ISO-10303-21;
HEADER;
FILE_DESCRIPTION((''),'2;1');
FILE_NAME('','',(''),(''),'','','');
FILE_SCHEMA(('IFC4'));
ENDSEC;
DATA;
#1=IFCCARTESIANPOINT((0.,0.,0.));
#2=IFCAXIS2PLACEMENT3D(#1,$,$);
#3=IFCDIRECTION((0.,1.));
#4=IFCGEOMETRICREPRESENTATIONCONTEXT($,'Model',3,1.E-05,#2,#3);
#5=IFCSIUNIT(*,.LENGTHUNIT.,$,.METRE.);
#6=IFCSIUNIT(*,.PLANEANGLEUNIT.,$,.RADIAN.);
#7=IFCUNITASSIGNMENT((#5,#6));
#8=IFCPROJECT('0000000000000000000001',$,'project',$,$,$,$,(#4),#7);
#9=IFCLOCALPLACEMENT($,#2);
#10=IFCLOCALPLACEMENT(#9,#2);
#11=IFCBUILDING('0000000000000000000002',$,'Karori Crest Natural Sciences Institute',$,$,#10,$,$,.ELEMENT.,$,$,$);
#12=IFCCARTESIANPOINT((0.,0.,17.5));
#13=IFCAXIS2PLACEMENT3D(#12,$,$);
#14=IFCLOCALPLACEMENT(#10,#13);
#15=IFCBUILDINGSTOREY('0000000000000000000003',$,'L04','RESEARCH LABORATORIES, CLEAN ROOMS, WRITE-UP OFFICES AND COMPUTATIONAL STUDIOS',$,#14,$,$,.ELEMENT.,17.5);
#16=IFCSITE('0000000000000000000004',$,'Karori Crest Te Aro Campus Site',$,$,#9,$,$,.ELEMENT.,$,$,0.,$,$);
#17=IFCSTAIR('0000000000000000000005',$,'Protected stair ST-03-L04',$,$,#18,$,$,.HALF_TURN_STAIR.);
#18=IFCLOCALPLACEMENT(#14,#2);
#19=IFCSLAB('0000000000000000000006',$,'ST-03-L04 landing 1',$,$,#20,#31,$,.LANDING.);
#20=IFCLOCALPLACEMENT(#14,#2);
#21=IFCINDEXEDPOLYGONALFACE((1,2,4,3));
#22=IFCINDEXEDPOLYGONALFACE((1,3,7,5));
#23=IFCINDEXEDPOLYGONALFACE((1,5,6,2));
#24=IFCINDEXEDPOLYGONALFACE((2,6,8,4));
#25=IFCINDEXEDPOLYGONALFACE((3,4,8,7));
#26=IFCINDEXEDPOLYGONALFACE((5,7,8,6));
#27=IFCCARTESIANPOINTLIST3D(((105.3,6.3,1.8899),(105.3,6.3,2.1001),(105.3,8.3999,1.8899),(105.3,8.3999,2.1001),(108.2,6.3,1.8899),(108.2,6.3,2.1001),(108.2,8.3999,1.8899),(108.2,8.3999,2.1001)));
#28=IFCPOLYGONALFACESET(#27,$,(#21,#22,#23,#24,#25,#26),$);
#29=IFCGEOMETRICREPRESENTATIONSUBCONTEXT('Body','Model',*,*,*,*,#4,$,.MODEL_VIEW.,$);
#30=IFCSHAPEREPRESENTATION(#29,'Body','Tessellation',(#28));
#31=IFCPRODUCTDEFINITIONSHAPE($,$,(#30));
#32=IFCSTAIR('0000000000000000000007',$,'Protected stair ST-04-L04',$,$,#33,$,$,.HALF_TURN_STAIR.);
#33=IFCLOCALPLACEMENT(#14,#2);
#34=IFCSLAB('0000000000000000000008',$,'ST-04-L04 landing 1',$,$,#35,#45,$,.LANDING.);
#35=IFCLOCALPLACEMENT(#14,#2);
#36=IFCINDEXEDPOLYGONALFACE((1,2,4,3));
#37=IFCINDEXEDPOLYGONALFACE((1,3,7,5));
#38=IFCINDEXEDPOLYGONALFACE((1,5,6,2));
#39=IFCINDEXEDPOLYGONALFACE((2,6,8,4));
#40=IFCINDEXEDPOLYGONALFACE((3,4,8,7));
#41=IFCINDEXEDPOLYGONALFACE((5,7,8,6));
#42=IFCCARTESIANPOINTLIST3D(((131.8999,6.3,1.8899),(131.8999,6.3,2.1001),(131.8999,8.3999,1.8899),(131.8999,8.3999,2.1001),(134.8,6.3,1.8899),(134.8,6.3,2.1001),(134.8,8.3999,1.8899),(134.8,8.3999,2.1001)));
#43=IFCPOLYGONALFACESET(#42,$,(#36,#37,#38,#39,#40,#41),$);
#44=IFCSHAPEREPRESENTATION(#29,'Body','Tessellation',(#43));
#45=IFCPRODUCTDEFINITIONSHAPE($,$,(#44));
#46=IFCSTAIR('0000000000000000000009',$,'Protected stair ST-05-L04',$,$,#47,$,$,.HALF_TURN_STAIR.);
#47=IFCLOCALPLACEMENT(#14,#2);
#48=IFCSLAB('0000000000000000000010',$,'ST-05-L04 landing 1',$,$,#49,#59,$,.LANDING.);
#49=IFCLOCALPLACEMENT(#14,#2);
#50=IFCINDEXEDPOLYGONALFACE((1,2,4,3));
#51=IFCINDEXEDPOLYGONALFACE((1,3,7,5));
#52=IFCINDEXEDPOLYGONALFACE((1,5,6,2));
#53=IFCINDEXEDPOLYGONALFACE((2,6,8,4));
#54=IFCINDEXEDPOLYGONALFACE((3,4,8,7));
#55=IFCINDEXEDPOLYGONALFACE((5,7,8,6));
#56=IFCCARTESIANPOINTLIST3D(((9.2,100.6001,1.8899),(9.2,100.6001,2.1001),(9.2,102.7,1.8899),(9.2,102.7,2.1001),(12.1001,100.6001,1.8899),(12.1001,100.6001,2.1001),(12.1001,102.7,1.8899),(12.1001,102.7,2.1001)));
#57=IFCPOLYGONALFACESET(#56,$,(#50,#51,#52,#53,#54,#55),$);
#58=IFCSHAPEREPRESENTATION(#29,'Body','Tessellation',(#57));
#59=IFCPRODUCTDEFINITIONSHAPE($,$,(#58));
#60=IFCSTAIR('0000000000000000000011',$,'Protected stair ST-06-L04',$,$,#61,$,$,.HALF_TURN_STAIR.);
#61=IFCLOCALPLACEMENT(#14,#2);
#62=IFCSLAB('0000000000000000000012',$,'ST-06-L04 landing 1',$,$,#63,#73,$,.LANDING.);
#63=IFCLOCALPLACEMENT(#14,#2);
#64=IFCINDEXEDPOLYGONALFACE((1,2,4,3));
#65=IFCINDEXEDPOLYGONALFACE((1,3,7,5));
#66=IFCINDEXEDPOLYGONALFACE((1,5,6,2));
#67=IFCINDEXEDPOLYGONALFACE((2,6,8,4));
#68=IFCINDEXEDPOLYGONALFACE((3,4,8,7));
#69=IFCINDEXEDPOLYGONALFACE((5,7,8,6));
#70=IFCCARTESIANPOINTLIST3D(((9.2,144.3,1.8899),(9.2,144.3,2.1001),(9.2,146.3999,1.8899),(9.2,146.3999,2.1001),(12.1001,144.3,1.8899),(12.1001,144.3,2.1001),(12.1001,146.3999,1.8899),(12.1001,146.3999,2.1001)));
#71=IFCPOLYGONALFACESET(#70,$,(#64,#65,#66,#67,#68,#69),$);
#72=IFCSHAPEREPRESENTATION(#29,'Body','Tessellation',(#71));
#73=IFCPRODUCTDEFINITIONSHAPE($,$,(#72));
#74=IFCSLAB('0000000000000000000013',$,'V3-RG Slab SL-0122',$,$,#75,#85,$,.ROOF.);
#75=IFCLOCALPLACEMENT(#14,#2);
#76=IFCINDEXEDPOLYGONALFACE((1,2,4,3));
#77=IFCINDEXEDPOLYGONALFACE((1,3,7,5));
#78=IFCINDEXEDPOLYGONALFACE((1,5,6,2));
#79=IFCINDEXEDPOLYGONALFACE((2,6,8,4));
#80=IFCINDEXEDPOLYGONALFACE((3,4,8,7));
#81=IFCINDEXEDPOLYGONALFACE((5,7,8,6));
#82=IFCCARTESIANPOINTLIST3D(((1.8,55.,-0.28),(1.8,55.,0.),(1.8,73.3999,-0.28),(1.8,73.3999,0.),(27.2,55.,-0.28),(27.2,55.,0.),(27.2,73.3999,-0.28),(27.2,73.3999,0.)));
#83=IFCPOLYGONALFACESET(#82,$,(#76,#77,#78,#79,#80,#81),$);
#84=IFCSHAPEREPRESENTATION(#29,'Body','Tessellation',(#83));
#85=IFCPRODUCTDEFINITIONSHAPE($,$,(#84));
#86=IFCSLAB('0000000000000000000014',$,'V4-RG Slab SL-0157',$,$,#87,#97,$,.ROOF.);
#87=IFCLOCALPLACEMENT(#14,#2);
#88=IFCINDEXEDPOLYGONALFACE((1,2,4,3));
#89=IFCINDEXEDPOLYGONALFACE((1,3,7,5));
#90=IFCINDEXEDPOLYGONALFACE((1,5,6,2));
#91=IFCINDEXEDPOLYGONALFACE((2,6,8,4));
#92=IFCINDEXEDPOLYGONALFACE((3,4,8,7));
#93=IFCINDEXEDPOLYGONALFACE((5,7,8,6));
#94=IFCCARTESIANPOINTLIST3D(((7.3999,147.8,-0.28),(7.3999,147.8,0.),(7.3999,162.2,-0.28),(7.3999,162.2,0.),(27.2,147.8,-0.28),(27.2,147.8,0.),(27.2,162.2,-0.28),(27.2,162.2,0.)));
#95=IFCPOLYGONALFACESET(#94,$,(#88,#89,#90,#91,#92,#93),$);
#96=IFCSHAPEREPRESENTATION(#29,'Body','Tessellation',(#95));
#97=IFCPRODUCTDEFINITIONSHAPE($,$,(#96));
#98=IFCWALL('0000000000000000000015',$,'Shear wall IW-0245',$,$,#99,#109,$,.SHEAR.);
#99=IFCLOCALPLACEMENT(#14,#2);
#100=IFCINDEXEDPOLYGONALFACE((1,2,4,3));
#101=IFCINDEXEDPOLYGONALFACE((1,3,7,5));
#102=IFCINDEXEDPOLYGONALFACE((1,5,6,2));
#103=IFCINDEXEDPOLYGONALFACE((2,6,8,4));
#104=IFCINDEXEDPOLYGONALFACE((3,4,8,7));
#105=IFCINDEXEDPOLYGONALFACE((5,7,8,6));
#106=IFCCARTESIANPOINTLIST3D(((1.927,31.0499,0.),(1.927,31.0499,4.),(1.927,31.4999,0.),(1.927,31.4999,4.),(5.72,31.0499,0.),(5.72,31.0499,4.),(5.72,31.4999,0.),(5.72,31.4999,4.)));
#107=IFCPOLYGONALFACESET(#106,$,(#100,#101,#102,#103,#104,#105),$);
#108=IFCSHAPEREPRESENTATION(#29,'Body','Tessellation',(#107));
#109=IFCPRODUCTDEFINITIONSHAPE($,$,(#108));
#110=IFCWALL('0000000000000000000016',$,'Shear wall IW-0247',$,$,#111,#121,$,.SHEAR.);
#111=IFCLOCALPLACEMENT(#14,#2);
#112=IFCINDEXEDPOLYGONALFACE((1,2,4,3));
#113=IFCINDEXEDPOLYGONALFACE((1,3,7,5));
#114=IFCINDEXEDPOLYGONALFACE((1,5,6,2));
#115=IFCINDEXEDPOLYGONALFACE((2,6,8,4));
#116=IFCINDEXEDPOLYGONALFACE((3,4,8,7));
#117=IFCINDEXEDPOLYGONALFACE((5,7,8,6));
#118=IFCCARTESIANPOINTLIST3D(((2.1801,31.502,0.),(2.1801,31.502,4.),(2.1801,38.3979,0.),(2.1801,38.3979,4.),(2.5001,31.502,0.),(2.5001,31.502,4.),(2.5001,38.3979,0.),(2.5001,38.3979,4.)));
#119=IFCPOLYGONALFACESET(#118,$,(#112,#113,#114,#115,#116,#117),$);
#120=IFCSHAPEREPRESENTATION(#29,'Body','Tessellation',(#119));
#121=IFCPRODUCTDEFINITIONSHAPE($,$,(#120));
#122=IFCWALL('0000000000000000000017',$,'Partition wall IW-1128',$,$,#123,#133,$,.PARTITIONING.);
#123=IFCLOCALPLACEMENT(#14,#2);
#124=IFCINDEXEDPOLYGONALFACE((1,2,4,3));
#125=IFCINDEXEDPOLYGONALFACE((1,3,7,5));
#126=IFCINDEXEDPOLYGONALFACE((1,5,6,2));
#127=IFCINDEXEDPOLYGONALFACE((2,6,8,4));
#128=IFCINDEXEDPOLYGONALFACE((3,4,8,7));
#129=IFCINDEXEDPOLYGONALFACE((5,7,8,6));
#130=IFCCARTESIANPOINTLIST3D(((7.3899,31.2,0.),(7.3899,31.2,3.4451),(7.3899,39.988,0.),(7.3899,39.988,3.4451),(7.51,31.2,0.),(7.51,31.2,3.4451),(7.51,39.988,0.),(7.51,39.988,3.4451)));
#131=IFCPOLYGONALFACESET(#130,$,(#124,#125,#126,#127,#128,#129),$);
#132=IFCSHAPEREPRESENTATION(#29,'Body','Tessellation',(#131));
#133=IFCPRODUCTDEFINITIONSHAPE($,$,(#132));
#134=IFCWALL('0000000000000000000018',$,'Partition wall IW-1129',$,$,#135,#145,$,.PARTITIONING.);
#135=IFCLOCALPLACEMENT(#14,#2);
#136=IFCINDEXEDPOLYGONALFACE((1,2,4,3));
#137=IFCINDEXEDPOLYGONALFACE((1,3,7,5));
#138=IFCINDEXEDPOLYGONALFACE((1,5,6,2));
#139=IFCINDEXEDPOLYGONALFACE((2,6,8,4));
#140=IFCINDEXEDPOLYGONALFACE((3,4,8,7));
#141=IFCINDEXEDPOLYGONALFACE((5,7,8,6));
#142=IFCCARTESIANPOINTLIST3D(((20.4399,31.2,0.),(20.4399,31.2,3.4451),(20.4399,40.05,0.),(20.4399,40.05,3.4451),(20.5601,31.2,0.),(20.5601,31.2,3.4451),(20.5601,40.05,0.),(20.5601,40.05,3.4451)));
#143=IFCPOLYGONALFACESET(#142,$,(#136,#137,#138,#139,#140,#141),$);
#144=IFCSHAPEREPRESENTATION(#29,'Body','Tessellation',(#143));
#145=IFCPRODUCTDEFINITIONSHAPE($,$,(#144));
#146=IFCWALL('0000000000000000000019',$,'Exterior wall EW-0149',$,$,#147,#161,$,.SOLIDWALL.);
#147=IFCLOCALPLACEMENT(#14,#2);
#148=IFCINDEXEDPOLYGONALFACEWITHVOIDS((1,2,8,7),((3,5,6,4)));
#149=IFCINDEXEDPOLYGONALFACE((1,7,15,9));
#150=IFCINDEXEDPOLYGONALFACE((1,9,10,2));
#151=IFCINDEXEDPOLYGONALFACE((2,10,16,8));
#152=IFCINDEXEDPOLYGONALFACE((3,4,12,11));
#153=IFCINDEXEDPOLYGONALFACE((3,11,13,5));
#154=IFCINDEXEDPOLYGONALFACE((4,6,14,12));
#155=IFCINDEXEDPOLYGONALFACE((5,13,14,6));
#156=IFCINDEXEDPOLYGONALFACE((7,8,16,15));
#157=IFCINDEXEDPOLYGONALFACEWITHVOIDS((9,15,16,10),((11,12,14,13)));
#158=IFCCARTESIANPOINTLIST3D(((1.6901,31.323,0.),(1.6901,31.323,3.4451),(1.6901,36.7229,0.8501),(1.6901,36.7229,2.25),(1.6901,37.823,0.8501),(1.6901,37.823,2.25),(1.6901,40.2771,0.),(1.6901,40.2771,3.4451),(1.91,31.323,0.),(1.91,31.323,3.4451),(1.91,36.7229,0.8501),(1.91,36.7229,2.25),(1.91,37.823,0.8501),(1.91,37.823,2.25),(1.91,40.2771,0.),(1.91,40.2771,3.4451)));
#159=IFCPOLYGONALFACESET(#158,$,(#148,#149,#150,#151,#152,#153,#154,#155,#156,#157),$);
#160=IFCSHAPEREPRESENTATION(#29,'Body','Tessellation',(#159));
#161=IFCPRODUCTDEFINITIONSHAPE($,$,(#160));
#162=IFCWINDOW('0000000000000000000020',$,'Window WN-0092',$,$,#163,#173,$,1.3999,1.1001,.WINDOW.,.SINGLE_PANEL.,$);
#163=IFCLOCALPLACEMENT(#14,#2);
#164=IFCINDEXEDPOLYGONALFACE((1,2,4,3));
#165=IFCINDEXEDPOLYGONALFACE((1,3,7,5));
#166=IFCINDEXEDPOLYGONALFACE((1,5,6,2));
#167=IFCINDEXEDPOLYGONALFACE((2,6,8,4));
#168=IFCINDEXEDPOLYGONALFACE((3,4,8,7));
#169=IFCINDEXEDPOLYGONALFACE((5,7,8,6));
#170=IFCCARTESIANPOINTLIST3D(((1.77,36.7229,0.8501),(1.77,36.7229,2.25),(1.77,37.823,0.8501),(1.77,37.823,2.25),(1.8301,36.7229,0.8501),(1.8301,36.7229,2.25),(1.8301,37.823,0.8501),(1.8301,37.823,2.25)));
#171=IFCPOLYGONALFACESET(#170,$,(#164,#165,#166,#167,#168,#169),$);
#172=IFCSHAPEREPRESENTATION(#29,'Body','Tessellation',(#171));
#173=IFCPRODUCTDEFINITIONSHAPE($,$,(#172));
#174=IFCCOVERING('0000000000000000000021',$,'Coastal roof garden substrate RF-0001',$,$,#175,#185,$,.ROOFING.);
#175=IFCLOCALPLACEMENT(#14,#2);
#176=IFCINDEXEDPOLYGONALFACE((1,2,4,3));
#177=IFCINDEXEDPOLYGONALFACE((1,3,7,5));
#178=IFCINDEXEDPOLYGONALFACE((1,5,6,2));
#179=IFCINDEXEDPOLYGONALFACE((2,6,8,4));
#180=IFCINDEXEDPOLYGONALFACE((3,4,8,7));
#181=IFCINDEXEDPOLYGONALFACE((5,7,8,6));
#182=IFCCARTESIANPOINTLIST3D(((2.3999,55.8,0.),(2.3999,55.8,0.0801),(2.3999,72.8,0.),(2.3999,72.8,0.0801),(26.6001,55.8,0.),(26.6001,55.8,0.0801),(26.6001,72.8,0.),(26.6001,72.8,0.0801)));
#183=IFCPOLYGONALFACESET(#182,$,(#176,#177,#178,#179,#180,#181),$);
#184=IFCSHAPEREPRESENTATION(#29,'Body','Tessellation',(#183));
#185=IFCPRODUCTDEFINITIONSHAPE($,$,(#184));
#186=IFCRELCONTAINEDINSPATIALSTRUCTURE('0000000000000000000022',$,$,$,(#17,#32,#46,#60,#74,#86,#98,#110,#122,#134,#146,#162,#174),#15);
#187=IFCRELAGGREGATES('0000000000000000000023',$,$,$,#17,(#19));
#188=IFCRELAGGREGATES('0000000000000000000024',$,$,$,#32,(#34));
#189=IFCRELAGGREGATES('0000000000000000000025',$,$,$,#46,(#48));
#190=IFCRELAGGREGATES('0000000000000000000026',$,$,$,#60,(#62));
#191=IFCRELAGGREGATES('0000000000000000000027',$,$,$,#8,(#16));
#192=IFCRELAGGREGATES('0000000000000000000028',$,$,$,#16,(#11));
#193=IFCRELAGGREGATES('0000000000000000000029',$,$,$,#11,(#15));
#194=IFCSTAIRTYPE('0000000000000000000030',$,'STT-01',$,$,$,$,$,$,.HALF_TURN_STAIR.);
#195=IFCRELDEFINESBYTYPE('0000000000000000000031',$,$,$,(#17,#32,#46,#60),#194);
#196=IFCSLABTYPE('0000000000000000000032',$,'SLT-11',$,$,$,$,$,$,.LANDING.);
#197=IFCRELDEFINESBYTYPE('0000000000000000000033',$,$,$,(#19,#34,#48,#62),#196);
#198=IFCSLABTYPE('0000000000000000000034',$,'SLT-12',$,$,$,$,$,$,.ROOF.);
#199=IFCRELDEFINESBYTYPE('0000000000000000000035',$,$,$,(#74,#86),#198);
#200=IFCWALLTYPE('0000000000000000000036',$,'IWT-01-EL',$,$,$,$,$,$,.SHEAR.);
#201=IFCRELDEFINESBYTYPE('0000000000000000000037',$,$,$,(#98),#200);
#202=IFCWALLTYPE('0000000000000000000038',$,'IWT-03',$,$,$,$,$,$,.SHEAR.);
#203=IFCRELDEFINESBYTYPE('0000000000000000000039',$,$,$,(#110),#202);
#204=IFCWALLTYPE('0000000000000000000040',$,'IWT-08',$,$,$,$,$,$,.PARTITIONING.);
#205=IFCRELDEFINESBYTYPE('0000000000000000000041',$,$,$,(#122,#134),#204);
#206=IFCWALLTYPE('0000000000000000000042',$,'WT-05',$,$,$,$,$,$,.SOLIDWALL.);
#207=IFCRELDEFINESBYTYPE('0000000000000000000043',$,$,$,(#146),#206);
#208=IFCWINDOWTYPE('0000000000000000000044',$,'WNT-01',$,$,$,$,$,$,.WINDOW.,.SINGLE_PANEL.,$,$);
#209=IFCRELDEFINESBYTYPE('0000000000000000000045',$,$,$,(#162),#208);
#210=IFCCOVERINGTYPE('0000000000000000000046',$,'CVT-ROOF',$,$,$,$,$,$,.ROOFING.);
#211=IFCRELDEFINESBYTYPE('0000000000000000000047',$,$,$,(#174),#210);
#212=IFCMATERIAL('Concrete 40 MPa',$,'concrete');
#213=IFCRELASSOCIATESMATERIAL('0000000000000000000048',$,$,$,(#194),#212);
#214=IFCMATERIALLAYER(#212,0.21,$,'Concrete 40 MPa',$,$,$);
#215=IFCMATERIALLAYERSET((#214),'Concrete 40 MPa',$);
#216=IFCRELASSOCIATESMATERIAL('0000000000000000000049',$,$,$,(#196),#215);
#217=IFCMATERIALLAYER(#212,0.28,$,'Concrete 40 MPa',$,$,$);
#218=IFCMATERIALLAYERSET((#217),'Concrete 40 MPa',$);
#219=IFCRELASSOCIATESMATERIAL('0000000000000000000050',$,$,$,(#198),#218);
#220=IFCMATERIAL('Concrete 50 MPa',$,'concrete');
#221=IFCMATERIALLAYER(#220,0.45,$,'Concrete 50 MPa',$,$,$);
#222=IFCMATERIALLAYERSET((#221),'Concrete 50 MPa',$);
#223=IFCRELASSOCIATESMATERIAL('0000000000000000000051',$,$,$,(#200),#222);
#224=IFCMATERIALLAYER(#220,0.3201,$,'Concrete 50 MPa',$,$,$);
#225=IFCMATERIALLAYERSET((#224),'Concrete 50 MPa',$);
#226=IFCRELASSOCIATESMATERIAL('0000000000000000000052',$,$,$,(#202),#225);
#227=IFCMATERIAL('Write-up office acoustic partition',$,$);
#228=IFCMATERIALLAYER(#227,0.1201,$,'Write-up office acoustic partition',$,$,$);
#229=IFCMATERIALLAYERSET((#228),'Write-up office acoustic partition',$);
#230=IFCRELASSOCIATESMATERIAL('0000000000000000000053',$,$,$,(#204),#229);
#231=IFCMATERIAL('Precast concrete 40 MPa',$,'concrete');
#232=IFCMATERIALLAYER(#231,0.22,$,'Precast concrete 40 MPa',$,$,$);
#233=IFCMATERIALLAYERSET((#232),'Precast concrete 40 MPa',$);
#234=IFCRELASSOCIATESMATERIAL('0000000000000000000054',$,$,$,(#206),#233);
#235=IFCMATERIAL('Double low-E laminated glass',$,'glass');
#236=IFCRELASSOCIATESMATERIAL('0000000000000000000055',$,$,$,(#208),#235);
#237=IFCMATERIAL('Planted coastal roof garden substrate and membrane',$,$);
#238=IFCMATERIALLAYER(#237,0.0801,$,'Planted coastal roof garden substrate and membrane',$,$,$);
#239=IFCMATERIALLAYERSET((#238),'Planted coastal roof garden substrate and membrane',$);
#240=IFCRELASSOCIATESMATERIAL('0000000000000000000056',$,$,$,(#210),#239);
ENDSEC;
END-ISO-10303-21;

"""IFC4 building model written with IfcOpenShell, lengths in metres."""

from ifc_helpers import new_model, si_unit, direction, frame, frame_2d, origin, place, context, subcontext, project, spatial, polyline, rectangle, outline, extrude, material, layer, layer_set, type_object, element, fill, aggregate, save


model = new_model("IFC4")

# Units and contexts
model_context = context("Model", 3, precision=1e-05, world=origin(), true_north=direction((0.0, 1.0)))
body_context = subcontext(model_context, "Body", "Model", "MODEL_VIEW")
ifc_project = project(units=[si_unit("LENGTHUNIT", "METRE"), si_unit("PLANEANGLEUNIT", "RADIAN")], contexts=[model_context])

# Site, building, storey
site_placement = place(None, origin())
site = spatial("IfcSite", under=ifc_project, at=site_placement, Name="Karori Crest Te Aro Campus Site", CompositionType="ELEMENT", RefElevation=0.0)
building_placement = place(site_placement, origin())
building = spatial("IfcBuilding", under=site, at=building_placement, Name="Karori Crest Natural Sciences Institute", CompositionType="ELEMENT")
storey_placement = place(building_placement, frame((0.0, 0.0, 17.5)))
storey = spatial("IfcBuildingStorey", under=building, at=storey_placement, Name="L04", Description="RESEARCH LABORATORIES, CLEAN ROOMS, WRITE-UP OFFICES AND COMPUTATIONAL STUDIOS", CompositionType="ELEMENT", Elevation=17.5)

# Shared definitions
ifc_material_1 = material(Name="Concrete 50 MPa", Category="concrete")
ifc_material_2 = material(Name="Concrete 40 MPa", Category="concrete")

# Stairs, slabs
stair_type = type_object("IfcStairType", Name="STT-01", PredefinedType="HALF_TURN_STAIR", material=ifc_material_2)
ifc_layer_1 = layer(ifc_material_2, 0.21, Name="Concrete 40 MPa")
ifc_layer_set_1 = layer_set([ifc_layer_1], Name="Concrete 40 MPa")
slab_type_1 = type_object("IfcSlabType", Name="SLT-11", PredefinedType="LANDING", material=ifc_layer_set_1)
stair_1_placement = place(storey_placement, origin())
stair_1 = element("IfcStair", 1, at=stair_1_placement, inside=storey, type_object=stair_type, Name="Protected stair ST-03-L04", PredefinedType="HALF_TURN_STAIR")
slab_1_placement = place(storey_placement, frame((0.0, 0.0, 1.8899)))
slab_1 = element("IfcSlab", 2, at=slab_1_placement, type_object=slab_type_1, Name="ST-03-L04 landing 1", PredefinedType="LANDING", context=body_context, shape_type="SweptSolid", body=[
    extrude(outline(polyline([(108.2, 6.3), (108.2, 8.3999), (105.3, 8.3999), (105.3, 6.3), (108.2, 6.3)])), origin(), (0.0, 0.0, 1.0), 0.2102),
])
aggregate(stair_1, [slab_1])
stair_2_placement = place(storey_placement, origin())
stair_2 = element("IfcStair", 3, at=stair_2_placement, inside=storey, type_object=stair_type, Name="Protected stair ST-04-L04", PredefinedType="HALF_TURN_STAIR")
slab_2_placement = place(storey_placement, frame((0.0, 0.0, 1.8899)))
slab_2 = element("IfcSlab", 4, at=slab_2_placement, type_object=slab_type_1, Name="ST-04-L04 landing 1", PredefinedType="LANDING", context=body_context, shape_type="SweptSolid", body=[
    extrude(outline(polyline([(134.8, 6.3), (134.8, 8.3999), (131.8999, 8.3999), (131.8999, 6.3), (134.8, 6.3)])), origin(), (0.0, 0.0, 1.0), 0.2102),
])
aggregate(stair_2, [slab_2])
stair_3_placement = place(storey_placement, origin())
stair_3 = element("IfcStair", 5, at=stair_3_placement, inside=storey, type_object=stair_type, Name="Protected stair ST-05-L04", PredefinedType="HALF_TURN_STAIR")
slab_3_placement = place(storey_placement, frame((0.0, 0.0, 1.8899)))
slab_3 = element("IfcSlab", 6, at=slab_3_placement, type_object=slab_type_1, Name="ST-05-L04 landing 1", PredefinedType="LANDING", context=body_context, shape_type="SweptSolid", body=[
    extrude(outline(polyline([(12.1001, 100.6001), (12.1001, 102.7), (9.2, 102.7), (9.2, 100.6001), (12.1001, 100.6001)])), origin(), (0.0, 0.0, 1.0), 0.2102),
])
aggregate(stair_3, [slab_3])
stair_4_placement = place(storey_placement, origin())
stair_4 = element("IfcStair", 7, at=stair_4_placement, inside=storey, type_object=stair_type, Name="Protected stair ST-06-L04", PredefinedType="HALF_TURN_STAIR")
slab_4_placement = place(storey_placement, frame((0.0, 0.0, 1.8899)))
slab_4 = element("IfcSlab", 8, at=slab_4_placement, type_object=slab_type_1, Name="ST-06-L04 landing 1", PredefinedType="LANDING", context=body_context, shape_type="SweptSolid", body=[
    extrude(outline(polyline([(12.1001, 144.3), (12.1001, 146.3999), (9.2, 146.3999), (9.2, 144.3), (12.1001, 144.3)])), origin(), (0.0, 0.0, 1.0), 0.2102),
])
aggregate(stair_4, [slab_4])

# Slabs
ifc_layer_2 = layer(ifc_material_2, 0.28, Name="Concrete 40 MPa")
ifc_layer_set_2 = layer_set([ifc_layer_2], Name="Concrete 40 MPa")
slab_type_2 = type_object("IfcSlabType", Name="SLT-12", PredefinedType="ROOF", material=ifc_layer_set_2)
slab_5_placement = place(storey_placement, frame((0.0, 0.0, -0.28)))
element("IfcSlab", 9, at=slab_5_placement, inside=storey, type_object=slab_type_2, Name="V3-RG Slab SL-0122", PredefinedType="ROOF", context=body_context, shape_type="SweptSolid", body=[
    extrude(outline(polyline([(1.8, 55.0), (27.2, 55.0), (27.2, 73.3999), (1.8, 73.3999), (1.8, 55.0)])), origin(), (0.0, 0.0, 1.0), 0.28),
])
slab_6_placement = place(storey_placement, frame((0.0, 0.0, -0.28)))
element("IfcSlab", 10, at=slab_6_placement, inside=storey, type_object=slab_type_2, Name="V4-RG Slab SL-0157", PredefinedType="ROOF", context=body_context, shape_type="SweptSolid", body=[
    extrude(outline(polyline([(7.3999, 147.8), (27.2, 147.8), (27.2, 162.2), (7.3999, 162.2), (7.3999, 147.8)])), origin(), (0.0, 0.0, 1.0), 0.28),
])

# Walls
ifc_layer_3 = layer(ifc_material_1, 0.45, Name="Concrete 50 MPa")
ifc_layer_set_3 = layer_set([ifc_layer_3], Name="Concrete 50 MPa")
wall_type_1 = type_object("IfcWallType", Name="IWT-01-EL", PredefinedType="SHEAR", material=ifc_layer_set_3)
wall_1_placement = place(storey_placement, frame((1.927, 31.2749, 0.0), z_axis=(0.0, 0.0, 1.0), x_axis=(1.0, 0.0, 0.0)))
element("IfcWall", 11, at=wall_1_placement, inside=storey, type_object=wall_type_1, Name="Shear wall IW-0245", PredefinedType="SHEAR", context=body_context, shape_type="SweptSolid", body=[
    extrude(rectangle(XDim=3.793, YDim=0.45, at=frame_2d((1.8965, 0.0))), origin(), (0.0, 0.0, 1.0), 4.0),
])
ifc_layer_4 = layer(ifc_material_1, 0.3201, Name="Concrete 50 MPa")
ifc_layer_set_4 = layer_set([ifc_layer_4], Name="Concrete 50 MPa")
wall_type_2 = type_object("IfcWallType", Name="IWT-03", PredefinedType="SHEAR", material=ifc_layer_set_4)
wall_2_placement = place(storey_placement, frame((2.3401, 31.502, 0.0), z_axis=(0.0, 0.0, 1.0), x_axis=(0.0, 1.0, 0.0)))
element("IfcWall", 12, at=wall_2_placement, inside=storey, type_object=wall_type_2, Name="Shear wall IW-0247", PredefinedType="SHEAR", context=body_context, shape_type="SweptSolid", body=[
    extrude(rectangle(XDim=6.896, YDim=0.3201, at=frame_2d((3.448, 0.0))), origin(), (0.0, 0.0, 1.0), 4.0),
])

# Walls
ifc_material_3 = material(Name="Write-up office acoustic partition")
ifc_layer_5 = layer(ifc_material_3, 0.1201, Name="Write-up office acoustic partition")
ifc_layer_set_5 = layer_set([ifc_layer_5], Name="Write-up office acoustic partition")
wall_type_3 = type_object("IfcWallType", Name="IWT-08", PredefinedType="PARTITIONING", material=ifc_layer_set_5)
wall_3_placement = place(storey_placement, frame((7.45, 31.2, 0.0), z_axis=(0.0, 0.0, 1.0), x_axis=(0.0, 1.0, 0.0)))
element("IfcWall", 13, at=wall_3_placement, inside=storey, type_object=wall_type_3, Name="Partition wall IW-1128", PredefinedType="PARTITIONING", context=body_context, shape_type="SweptSolid", body=[
    extrude(rectangle(XDim=8.7881, YDim=0.1201, at=frame_2d((4.394, 0.0))), origin(), (0.0, 0.0, 1.0), 3.4451),
])
wall_4_placement = place(storey_placement, frame((20.5, 31.2, 0.0), z_axis=(0.0, 0.0, 1.0), x_axis=(0.0, 1.0, 0.0)))
element("IfcWall", 14, at=wall_4_placement, inside=storey, type_object=wall_type_3, Name="Partition wall IW-1129", PredefinedType="PARTITIONING", context=body_context, shape_type="SweptSolid", body=[
    extrude(rectangle(XDim=8.8501, YDim=0.1201, at=frame_2d((4.425, 0.0))), origin(), (0.0, 0.0, 1.0), 3.4451),
])

# Wall, opening, window
ifc_material_4 = material(Name="Precast concrete 40 MPa", Category="concrete")
ifc_layer_6 = layer(ifc_material_4, 0.22, Name="Precast concrete 40 MPa")
ifc_layer_set_6 = layer_set([ifc_layer_6], Name="Precast concrete 40 MPa")
wall_type_4 = type_object("IfcWallType", Name="WT-05", PredefinedType="SOLIDWALL", material=ifc_layer_set_6)
wall_5_placement = place(storey_placement, frame((1.8, 31.323, 0.0), z_axis=(0.0, 0.0, 1.0), x_axis=(0.0, 1.0, 0.0)))
wall_5 = element("IfcWall", 15, at=wall_5_placement, inside=storey, type_object=wall_type_4, Name="Exterior wall EW-0149", PredefinedType="SOLIDWALL", context=body_context, shape_type="SweptSolid", body=[
    extrude(rectangle(XDim=8.9541, YDim=0.22, at=frame_2d((4.4771, 0.0))), origin(), (0.0, 0.0, 1.0), 3.4451),
])
opening_1_placement = place(wall_5_placement, frame((5.3999, 0.0, 0.8501)))
opening_1 = element("IfcOpeningElement", 16, at=opening_1_placement, cuts=wall_5, PredefinedType="OPENING", context=body_context, shape_type="SweptSolid", body=[
    extrude(rectangle(XDim=1.1001, YDim=1.3999, at=frame_2d((0.55, 0.7))), frame((0.0, 0.1201, 0.0), z_axis=(0.0, -1.0, 0.0), x_axis=(1.0, 0.0, 0.0)), (0.0, 0.0, 1.0), 0.24),
])
ifc_material_5 = material(Name="Double low-E laminated glass", Category="glass")
window_type = type_object("IfcWindowType", Name="WNT-01", PartitioningType="SINGLE_PANEL", PredefinedType="WINDOW", material=ifc_material_5)
window_placement = place(opening_1_placement, origin())
window = element("IfcWindow", 17, at=window_placement, inside=storey, type_object=window_type, Name="Window WN-0092", OverallHeight=1.3999, OverallWidth=1.1001, PartitioningType="SINGLE_PANEL", PredefinedType="WINDOW", context=body_context, shape_type="SweptSolid", body=[
    extrude(rectangle(XDim=1.1001, YDim=1.3999, at=frame_2d((0.55, 0.7))), frame((0.0, 0.03, 0.0), z_axis=(0.0, -1.0, 0.0), x_axis=(1.0, 0.0, 0.0)), (0.0, 0.0, 1.0), 0.0601),
])
fill(opening_1, window)

# Covering
ifc_material_6 = material(Name="Planted coastal roof garden substrate and membrane")
ifc_layer_7 = layer(ifc_material_6, 0.0801, Name="Planted coastal roof garden substrate and membrane")
ifc_layer_set_7 = layer_set([ifc_layer_7], Name="Planted coastal roof garden substrate and membrane")
covering_type = type_object("IfcCoveringType", Name="CVT-ROOF", PredefinedType="ROOFING", material=ifc_layer_set_7)
covering_1_placement = place(storey_placement, origin())
element("IfcCovering", 18, at=covering_1_placement, inside=storey, type_object=covering_type, Name="Coastal roof garden substrate RF-0001", PredefinedType="ROOFING", context=body_context, shape_type="SweptSolid", body=[
    extrude(outline(polyline([(2.3999, 55.8), (26.6001, 55.8), (26.6001, 72.8), (2.3999, 72.8), (2.3999, 55.8)])), origin(), (0.0, 0.0, 1.0), 0.0801),
])

save(model, "model.ifc")
